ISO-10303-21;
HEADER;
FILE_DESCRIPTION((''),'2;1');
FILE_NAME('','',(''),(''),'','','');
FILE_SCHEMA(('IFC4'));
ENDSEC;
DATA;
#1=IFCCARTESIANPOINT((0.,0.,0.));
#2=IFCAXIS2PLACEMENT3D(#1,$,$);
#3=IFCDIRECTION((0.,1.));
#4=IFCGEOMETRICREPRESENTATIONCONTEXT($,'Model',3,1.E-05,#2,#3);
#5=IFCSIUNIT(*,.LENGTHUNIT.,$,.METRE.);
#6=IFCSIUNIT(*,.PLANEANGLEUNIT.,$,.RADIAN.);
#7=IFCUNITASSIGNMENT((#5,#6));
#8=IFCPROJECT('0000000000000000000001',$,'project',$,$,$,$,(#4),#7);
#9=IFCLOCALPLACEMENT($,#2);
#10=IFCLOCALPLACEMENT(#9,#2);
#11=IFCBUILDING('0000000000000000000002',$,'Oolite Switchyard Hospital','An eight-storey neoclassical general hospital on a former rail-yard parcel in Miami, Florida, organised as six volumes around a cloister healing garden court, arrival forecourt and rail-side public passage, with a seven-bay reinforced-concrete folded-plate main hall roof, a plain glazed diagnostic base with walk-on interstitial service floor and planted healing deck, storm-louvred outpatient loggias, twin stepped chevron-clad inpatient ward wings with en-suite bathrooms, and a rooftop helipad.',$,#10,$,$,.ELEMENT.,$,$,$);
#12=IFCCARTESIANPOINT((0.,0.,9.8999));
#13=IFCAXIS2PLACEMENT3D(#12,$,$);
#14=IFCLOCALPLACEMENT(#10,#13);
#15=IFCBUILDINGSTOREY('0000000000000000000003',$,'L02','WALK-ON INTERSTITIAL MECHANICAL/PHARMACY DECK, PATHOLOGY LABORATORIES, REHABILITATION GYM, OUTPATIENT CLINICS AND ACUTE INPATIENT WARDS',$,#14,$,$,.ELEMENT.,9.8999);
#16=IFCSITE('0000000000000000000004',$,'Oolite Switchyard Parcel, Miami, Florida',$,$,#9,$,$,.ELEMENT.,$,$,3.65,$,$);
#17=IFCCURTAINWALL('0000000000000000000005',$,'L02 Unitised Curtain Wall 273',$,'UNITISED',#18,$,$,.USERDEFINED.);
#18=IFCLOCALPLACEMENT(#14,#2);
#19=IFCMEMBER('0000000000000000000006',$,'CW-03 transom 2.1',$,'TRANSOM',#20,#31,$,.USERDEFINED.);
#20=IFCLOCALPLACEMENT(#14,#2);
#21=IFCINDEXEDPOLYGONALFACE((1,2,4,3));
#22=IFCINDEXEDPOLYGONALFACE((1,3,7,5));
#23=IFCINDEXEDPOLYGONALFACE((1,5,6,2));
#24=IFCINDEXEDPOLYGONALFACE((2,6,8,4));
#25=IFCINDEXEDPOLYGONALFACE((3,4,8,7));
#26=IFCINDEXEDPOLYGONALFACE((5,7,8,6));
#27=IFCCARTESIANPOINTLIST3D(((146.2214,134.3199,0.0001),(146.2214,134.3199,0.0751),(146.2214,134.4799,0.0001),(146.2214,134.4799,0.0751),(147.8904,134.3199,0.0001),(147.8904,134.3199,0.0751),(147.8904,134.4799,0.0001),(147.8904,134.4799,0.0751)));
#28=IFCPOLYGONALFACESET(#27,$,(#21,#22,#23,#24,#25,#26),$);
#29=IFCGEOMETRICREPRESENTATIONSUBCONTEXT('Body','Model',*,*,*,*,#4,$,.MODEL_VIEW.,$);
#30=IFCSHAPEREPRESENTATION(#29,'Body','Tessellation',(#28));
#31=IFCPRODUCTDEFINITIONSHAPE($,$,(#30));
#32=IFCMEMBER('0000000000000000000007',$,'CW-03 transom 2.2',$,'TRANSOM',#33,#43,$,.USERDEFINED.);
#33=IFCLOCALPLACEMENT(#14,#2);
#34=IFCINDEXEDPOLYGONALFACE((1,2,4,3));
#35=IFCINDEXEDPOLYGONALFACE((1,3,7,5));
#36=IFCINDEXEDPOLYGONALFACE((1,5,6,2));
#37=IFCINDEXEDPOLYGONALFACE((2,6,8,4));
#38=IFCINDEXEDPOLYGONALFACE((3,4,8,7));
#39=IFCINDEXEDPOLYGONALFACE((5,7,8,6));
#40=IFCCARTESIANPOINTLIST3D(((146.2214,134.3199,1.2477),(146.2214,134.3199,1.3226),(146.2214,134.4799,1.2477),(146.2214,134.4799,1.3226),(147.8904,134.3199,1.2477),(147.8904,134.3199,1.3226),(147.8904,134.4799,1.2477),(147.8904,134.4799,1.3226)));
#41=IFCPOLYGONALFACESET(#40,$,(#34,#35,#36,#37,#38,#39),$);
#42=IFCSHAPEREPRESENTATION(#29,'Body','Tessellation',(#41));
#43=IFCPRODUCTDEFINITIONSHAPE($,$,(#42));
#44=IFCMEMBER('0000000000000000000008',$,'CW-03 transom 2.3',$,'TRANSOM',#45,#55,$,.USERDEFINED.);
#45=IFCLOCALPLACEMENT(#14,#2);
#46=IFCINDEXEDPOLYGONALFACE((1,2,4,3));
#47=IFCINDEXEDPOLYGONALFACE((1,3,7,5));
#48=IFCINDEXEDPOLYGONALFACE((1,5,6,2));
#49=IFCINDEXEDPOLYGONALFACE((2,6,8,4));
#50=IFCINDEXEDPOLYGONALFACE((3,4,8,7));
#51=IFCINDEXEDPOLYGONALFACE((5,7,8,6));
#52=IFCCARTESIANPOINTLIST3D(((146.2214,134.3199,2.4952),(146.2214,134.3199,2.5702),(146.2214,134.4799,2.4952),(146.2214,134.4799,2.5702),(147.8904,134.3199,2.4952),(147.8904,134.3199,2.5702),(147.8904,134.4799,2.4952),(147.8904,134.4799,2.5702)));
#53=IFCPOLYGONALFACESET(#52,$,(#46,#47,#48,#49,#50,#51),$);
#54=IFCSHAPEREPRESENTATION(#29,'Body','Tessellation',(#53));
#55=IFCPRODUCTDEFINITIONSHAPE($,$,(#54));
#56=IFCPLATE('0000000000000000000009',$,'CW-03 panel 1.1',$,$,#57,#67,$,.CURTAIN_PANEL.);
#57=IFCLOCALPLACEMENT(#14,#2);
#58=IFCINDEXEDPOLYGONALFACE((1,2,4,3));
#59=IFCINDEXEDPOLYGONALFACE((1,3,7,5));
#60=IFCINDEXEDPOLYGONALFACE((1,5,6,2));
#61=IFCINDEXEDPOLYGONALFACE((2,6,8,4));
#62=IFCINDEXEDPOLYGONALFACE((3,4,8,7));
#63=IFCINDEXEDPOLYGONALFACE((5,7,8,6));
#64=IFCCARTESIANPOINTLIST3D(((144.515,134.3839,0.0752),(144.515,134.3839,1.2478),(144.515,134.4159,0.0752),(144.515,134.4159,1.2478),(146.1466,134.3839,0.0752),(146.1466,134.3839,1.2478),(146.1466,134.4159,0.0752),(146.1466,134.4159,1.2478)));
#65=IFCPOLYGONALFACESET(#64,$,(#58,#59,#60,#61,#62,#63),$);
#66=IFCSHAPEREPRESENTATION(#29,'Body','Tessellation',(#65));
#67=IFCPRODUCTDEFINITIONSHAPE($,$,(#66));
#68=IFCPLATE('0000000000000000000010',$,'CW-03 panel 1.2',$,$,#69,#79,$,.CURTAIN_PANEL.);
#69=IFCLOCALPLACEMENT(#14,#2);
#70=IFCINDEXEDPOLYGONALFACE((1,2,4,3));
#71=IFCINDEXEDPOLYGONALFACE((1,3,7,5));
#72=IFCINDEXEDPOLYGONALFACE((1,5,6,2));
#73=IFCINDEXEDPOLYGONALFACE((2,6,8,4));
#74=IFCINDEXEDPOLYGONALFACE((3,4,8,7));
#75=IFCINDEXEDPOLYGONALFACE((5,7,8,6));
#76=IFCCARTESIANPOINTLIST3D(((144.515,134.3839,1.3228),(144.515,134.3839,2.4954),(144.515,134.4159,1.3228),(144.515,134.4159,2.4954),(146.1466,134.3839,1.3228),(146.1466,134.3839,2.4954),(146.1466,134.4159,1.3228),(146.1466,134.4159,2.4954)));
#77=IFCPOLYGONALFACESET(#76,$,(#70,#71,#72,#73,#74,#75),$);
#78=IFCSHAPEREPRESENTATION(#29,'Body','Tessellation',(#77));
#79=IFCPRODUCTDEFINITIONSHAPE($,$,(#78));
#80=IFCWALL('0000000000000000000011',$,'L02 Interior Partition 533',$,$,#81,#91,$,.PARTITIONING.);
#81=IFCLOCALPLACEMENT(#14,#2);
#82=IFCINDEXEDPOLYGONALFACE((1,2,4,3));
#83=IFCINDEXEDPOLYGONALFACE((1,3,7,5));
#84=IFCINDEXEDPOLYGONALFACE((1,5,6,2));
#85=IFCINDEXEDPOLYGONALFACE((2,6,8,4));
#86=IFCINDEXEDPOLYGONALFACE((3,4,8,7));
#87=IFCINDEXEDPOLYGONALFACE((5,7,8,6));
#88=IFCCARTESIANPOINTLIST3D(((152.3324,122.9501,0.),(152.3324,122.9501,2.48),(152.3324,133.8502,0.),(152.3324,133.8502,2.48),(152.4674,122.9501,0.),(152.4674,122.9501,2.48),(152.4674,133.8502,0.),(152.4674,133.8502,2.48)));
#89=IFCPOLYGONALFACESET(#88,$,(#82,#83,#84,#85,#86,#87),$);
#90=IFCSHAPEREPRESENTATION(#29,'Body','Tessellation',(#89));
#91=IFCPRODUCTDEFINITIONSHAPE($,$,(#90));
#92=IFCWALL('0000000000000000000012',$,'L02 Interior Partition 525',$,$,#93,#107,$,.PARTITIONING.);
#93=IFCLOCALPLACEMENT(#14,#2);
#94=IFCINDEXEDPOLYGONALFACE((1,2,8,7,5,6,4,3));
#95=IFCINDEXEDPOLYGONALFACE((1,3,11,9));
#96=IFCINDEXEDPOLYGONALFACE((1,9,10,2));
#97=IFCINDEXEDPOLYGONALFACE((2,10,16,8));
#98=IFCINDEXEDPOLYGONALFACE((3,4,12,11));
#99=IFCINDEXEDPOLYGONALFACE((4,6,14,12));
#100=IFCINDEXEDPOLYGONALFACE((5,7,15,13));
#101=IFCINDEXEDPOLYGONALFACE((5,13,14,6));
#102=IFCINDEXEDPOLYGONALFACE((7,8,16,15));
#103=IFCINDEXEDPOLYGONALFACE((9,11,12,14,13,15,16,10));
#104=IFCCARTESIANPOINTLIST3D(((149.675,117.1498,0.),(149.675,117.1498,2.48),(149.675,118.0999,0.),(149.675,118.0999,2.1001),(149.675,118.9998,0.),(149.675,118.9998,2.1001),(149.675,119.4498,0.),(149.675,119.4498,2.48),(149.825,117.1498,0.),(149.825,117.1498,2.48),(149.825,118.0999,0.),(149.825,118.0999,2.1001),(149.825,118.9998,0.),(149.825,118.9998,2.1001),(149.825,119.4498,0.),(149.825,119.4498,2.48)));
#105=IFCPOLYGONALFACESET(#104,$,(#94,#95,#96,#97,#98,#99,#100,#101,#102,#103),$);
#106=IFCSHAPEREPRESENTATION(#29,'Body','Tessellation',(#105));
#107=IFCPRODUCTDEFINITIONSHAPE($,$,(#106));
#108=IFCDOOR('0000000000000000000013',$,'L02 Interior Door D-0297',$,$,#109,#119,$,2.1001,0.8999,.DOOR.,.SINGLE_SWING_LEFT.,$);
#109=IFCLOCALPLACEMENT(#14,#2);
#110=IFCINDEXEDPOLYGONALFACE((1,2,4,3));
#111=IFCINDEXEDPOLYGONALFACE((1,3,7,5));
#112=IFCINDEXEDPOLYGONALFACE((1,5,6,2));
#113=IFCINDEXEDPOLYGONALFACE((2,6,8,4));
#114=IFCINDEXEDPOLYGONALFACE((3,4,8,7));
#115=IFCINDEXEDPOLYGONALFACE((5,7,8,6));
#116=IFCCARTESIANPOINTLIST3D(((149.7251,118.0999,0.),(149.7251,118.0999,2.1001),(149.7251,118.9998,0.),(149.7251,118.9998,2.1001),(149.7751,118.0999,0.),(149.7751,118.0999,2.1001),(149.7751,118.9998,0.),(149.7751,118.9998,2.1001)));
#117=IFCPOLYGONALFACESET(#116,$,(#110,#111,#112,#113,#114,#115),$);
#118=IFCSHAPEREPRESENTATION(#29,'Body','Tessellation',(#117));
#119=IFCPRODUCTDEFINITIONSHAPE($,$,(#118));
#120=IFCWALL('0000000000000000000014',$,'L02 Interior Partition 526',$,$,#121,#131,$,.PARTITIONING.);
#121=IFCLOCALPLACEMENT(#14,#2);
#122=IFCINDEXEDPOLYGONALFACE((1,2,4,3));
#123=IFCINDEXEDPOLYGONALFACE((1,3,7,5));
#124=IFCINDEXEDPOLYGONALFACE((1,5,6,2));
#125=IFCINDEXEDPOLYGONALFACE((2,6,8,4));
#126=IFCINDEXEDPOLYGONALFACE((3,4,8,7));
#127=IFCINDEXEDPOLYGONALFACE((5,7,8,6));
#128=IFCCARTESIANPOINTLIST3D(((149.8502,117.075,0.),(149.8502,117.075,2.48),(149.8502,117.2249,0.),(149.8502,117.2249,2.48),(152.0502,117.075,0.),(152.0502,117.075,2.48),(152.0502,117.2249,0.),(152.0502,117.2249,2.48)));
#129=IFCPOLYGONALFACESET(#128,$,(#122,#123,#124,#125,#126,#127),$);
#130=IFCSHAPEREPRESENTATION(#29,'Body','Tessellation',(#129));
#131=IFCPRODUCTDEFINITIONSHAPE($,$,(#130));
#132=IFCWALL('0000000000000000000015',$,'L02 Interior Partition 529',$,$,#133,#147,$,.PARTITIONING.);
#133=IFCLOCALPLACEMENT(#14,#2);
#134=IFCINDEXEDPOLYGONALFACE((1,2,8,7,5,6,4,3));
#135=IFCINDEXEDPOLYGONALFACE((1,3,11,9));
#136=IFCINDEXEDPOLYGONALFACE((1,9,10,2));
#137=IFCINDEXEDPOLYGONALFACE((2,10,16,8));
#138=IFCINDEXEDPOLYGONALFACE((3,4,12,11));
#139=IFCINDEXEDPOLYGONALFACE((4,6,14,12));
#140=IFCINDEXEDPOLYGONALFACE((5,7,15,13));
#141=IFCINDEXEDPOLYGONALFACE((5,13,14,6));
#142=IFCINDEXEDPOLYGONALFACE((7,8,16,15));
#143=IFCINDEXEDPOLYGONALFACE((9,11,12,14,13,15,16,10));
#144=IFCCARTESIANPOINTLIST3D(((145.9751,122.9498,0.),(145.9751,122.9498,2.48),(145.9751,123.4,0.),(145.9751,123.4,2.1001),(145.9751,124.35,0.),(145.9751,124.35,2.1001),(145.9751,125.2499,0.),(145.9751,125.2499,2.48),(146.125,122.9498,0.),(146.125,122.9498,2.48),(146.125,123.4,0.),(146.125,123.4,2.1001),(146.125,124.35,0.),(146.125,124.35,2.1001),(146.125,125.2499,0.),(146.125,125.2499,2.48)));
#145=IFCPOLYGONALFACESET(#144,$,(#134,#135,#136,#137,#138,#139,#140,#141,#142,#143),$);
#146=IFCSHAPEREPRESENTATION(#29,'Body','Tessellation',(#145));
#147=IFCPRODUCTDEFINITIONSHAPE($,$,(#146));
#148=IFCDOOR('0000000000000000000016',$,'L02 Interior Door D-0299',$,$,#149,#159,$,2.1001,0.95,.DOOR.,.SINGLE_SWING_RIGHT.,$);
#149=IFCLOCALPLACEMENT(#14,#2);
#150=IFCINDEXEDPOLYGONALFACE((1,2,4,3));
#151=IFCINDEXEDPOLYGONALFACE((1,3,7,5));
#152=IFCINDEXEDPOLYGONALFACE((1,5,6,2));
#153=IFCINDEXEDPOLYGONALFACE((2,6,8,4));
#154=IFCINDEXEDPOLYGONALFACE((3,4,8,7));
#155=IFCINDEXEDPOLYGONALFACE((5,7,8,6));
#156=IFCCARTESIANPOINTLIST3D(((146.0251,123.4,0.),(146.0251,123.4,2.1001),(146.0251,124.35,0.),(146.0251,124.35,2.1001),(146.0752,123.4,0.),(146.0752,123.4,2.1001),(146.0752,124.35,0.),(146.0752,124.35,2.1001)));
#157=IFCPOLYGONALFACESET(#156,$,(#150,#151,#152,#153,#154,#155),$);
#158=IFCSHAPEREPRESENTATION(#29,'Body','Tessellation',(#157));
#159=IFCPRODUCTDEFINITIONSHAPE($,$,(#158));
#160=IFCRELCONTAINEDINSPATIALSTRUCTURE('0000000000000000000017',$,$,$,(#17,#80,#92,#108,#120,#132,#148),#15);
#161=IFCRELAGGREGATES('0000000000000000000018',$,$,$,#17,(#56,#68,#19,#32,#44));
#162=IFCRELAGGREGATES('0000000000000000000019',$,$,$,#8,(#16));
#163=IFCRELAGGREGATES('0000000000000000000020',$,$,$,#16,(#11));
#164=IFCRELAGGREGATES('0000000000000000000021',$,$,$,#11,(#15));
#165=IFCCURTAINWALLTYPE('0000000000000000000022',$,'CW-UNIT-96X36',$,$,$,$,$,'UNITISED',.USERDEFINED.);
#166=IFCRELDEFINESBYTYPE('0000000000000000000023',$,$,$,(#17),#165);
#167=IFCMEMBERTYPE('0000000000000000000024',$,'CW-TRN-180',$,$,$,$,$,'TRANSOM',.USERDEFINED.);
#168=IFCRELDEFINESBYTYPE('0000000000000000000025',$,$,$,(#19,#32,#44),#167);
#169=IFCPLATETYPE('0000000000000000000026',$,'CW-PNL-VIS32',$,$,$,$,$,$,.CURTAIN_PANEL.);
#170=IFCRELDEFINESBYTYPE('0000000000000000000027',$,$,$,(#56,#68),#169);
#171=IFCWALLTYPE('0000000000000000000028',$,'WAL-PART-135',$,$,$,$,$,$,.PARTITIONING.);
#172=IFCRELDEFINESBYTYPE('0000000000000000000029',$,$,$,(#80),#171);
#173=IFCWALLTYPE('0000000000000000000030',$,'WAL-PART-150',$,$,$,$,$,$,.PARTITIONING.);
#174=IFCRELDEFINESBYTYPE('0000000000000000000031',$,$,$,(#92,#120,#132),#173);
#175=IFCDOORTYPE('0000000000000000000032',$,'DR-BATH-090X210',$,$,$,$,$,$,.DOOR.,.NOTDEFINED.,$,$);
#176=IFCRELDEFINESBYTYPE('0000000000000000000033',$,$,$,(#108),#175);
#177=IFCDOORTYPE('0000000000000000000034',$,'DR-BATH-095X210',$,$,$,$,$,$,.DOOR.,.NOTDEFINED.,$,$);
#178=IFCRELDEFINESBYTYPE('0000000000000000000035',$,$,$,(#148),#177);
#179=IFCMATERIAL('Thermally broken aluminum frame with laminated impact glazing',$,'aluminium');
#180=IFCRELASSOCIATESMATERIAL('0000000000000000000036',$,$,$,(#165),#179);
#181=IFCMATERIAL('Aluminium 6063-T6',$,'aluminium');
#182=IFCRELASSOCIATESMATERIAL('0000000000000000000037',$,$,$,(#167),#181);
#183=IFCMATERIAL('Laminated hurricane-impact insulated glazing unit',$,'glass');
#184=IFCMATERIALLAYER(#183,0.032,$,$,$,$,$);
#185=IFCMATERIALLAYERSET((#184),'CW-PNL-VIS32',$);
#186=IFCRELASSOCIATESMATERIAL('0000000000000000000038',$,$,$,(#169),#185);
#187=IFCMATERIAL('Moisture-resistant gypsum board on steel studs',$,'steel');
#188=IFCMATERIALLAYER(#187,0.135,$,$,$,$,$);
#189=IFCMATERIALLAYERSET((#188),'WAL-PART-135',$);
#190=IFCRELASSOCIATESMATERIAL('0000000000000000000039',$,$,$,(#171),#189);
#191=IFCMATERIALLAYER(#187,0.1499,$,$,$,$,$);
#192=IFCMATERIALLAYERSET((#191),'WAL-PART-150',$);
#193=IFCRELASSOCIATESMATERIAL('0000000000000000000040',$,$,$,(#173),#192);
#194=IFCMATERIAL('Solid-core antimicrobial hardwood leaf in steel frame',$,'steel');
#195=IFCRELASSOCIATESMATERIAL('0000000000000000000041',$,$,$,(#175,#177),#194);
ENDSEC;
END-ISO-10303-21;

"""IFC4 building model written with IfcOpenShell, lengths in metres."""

from ifc_helpers import new_model, si_unit, direction, frame, frame_2d, origin, origin_2d, place, context, subcontext, project, spatial, rectangle, extrude, material, layer, layer_set, material_profile, profile_set, type_object, element, fill, aggregate, save


model = new_model("IFC4")

# Units and contexts
model_context = context("Model", 3, precision=1e-05, world=origin(), true_north=direction((0.0, 1.0)))
body_context = subcontext(model_context, "Body", "Model", "MODEL_VIEW")
ifc_project = project(units=[si_unit("LENGTHUNIT", "METRE"), si_unit("PLANEANGLEUNIT", "RADIAN")], contexts=[model_context])

# Site, building, storey
site_placement = place(None, origin())
site = spatial("IfcSite", under=ifc_project, at=site_placement, Name="Oolite Switchyard Parcel, Miami, Florida", CompositionType="ELEMENT", RefElevation=3.65)
building_placement = place(site_placement, origin())
building = spatial("IfcBuilding", under=site, at=building_placement, Name="Oolite Switchyard Hospital", Description="An eight-storey neoclassical general hospital on a former rail-yard parcel in Miami, Florida, organised as six volumes around a cloister healing garden court, arrival forecourt and rail-side public passage, with a seven-bay reinforced-concrete folded-plate main hall roof, a plain glazed diagnostic base with walk-on interstitial service floor and planted healing deck, storm-louvred outpatient loggias, twin stepped chevron-clad inpatient ward wings with en-suite bathrooms, and a rooftop helipad.", CompositionType="ELEMENT")
storey_placement = place(building_placement, frame((0.0, 0.0, 9.8999)))
storey = spatial("IfcBuildingStorey", under=building, at=storey_placement, Name="L02", Description="WALK-ON INTERSTITIAL MECHANICAL/PHARMACY DECK, PATHOLOGY LABORATORIES, REHABILITATION GYM, OUTPATIENT CLINICS AND ACUTE INPATIENT WARDS", CompositionType="ELEMENT", Elevation=9.8999)

# Curtain wall, members, plates
ifc_material_1 = material(Name="Thermally broken aluminum frame with laminated impact glazing", Category="aluminium")
curtain_wall_type = type_object("IfcCurtainWallType", Name="CW-UNIT-96X36", ElementType="UNITISED", PredefinedType="USERDEFINED", material=ifc_material_1)
curtain_wall_placement = place(storey_placement, origin())
curtain_wall = element("IfcCurtainWall", 1, at=curtain_wall_placement, inside=storey, type_object=curtain_wall_type, Name="L02 Unitised Curtain Wall 273", ObjectType="UNITISED", PredefinedType="USERDEFINED")
ifc_material_2 = material(Name="Aluminium 6063-T6", Category="aluminium")
ifc_material_profile_1 = material_profile(ifc_material_2, rectangle(XDim=0.1599, YDim=0.075, at=origin_2d()), Name="CWT75X160")
ifc_profile_set_1 = profile_set([ifc_material_profile_1], Name="Aluminium 6063-T6")
member_type_1 = type_object("IfcMemberType", Name="CW-TRN-180", ElementType="TRANSOM", PredefinedType="USERDEFINED", material=ifc_profile_set_1)
member_1_placement = place(storey_placement, frame((146.2214, 134.3999, 0.0376), z_axis=(1.0, 0.0, 0.0), x_axis=(0.0, 1.0, 0.0)))
member_1 = element("IfcMember", 2, at=member_1_placement, type_object=member_type_1, Name="CW-03 transom 2.1", ObjectType="TRANSOM", PredefinedType="USERDEFINED", context=body_context, shape_type="SweptSolid", body=[
    extrude(rectangle(XDim=0.1599, YDim=0.075, at=origin_2d()), origin(), (0.0, 0.0, 1.0), 1.6689),
])
member_2_placement = place(storey_placement, frame((146.2214, 134.3999, 1.2852), z_axis=(1.0, 0.0, 0.0), x_axis=(0.0, 1.0, 0.0)))
member_2 = element("IfcMember", 3, at=member_2_placement, type_object=member_type_1, Name="CW-03 transom 2.2", ObjectType="TRANSOM", PredefinedType="USERDEFINED", context=body_context, shape_type="SweptSolid", body=[
    extrude(rectangle(XDim=0.1599, YDim=0.075, at=origin_2d()), origin(), (0.0, 0.0, 1.0), 1.6689),
])
member_3_placement = place(storey_placement, frame((146.2214, 134.3999, 2.5327), z_axis=(1.0, 0.0, 0.0), x_axis=(0.0, 1.0, 0.0)))
member_3 = element("IfcMember", 4, at=member_3_placement, type_object=member_type_1, Name="CW-03 transom 2.3", ObjectType="TRANSOM", PredefinedType="USERDEFINED", context=body_context, shape_type="SweptSolid", body=[
    extrude(rectangle(XDim=0.1599, YDim=0.075, at=origin_2d()), origin(), (0.0, 0.0, 1.0), 1.6689),
])
ifc_material_3 = material(Name="Laminated hurricane-impact insulated glazing unit", Category="glass")
ifc_layer_1 = layer(ifc_material_3, 0.032)
ifc_layer_set_1 = layer_set([ifc_layer_1], Name="CW-PNL-VIS32")
plate_type = type_object("IfcPlateType", Name="CW-PNL-VIS32", PredefinedType="CURTAIN_PANEL", material=ifc_layer_set_1)
plate_1_placement = place(storey_placement, frame((145.3308, 134.3999, 0.0752), z_axis=(0.0, 0.0, 1.0), x_axis=(1.0, 0.0, 0.0)))
plate_1 = element("IfcPlate", 5, at=plate_1_placement, type_object=plate_type, Name="CW-03 panel 1.1", PredefinedType="CURTAIN_PANEL", context=body_context, shape_type="SweptSolid", body=[
    extrude(rectangle(XDim=1.6316, YDim=0.032, at=origin_2d()), origin(), (0.0, 0.0, 1.0), 1.1726),
])
plate_2_placement = place(storey_placement, frame((145.3308, 134.3999, 1.3228), z_axis=(0.0, 0.0, 1.0), x_axis=(1.0, 0.0, 0.0)))
plate_2 = element("IfcPlate", 6, at=plate_2_placement, type_object=plate_type, Name="CW-03 panel 1.2", PredefinedType="CURTAIN_PANEL", context=body_context, shape_type="SweptSolid", body=[
    extrude(rectangle(XDim=1.6316, YDim=0.032, at=origin_2d()), origin(), (0.0, 0.0, 1.0), 1.1726),
])
aggregate(curtain_wall, [plate_1, plate_2, member_1, member_2, member_3])

# Wall
ifc_material_4 = material(Name="Moisture-resistant gypsum board on steel studs", Category="steel")
ifc_layer_2 = layer(ifc_material_4, 0.135)
ifc_layer_set_2 = layer_set([ifc_layer_2], Name="WAL-PART-135")
wall_type_1 = type_object("IfcWallType", Name="WAL-PART-135", PredefinedType="PARTITIONING", material=ifc_layer_set_2)
wall_1_placement = place(storey_placement, frame((152.3999, 122.95, 0.0), z_axis=(0.0, 0.0, 1.0), x_axis=(0.0, 1.0, 0.0)))
element("IfcWall", 7, at=wall_1_placement, inside=storey, type_object=wall_type_1, Name="L02 Interior Partition 533", PredefinedType="PARTITIONING", context=body_context, shape_type="SweptSolid", body=[
    extrude(rectangle(XDim=10.9001, YDim=0.135, at=frame_2d((5.4502, 0.0))), origin(), (0.0, 0.0, 1.0), 2.48),
])

# Wall, opening, door
ifc_layer_3 = layer(ifc_material_4, 0.1499)
ifc_layer_set_3 = layer_set([ifc_layer_3], Name="WAL-PART-150")
wall_type_2 = type_object("IfcWallType", Name="WAL-PART-150", PredefinedType="PARTITIONING", material=ifc_layer_set_3)
wall_2_placement = place(storey_placement, frame((149.75, 117.1499, 0.0), z_axis=(0.0, 0.0, 1.0), x_axis=(0.0, 1.0, 0.0)))
wall_2 = element("IfcWall", 8, at=wall_2_placement, inside=storey, type_object=wall_type_2, Name="L02 Interior Partition 525", PredefinedType="PARTITIONING", context=body_context, shape_type="SweptSolid", body=[
    extrude(rectangle(XDim=2.3, YDim=0.1499, at=frame_2d((1.1499, 0.0))), origin(), (0.0, 0.0, 1.0), 2.48),
])
opening_1_placement = place(wall_2_placement, frame((0.95, 0.0, 0.0)))
opening_1 = element("IfcOpeningElement", 9, at=opening_1_placement, cuts=wall_2, PredefinedType="OPENING", context=body_context, shape_type="SweptSolid", body=[
    extrude(rectangle(XDim=0.8999, YDim=2.1001, at=frame_2d((0.45, 1.05))), frame((0.0, 0.085, 0.0), z_axis=(0.0, -1.0, 0.0), x_axis=(1.0, 0.0, 0.0)), (0.0, 0.0, 1.0), 0.1699),
])
ifc_material_5 = material(Name="Solid-core antimicrobial hardwood leaf in steel frame", Category="steel")
door_type_1 = type_object("IfcDoorType", Name="DR-BATH-090X210", OperationType="NOTDEFINED", PredefinedType="DOOR", material=ifc_material_5)
door_1_placement = place(opening_1_placement, origin())
door_1 = element("IfcDoor", 10, at=door_1_placement, inside=storey, type_object=door_type_1, Name="L02 Interior Door D-0297", OperationType="SINGLE_SWING_LEFT", OverallHeight=2.1001, OverallWidth=0.8999, PredefinedType="DOOR", context=body_context, shape_type="SweptSolid", body=[
    extrude(rectangle(XDim=0.8999, YDim=2.1001, at=frame_2d((0.45, 1.05))), frame((0.0, 0.0249, 0.0), z_axis=(0.0, -1.0, 0.0), x_axis=(1.0, 0.0, 0.0)), (0.0, 0.0, 1.0), 0.05),
])
fill(opening_1, door_1)

# Wall
wall_3_placement = place(storey_placement, frame((149.8501, 117.1499, 0.0), z_axis=(0.0, 0.0, 1.0), x_axis=(1.0, 0.0, 0.0)))
element("IfcWall", 11, at=wall_3_placement, inside=storey, type_object=wall_type_2, Name="L02 Interior Partition 526", PredefinedType="PARTITIONING", context=body_context, shape_type="SweptSolid", body=[
    extrude(rectangle(XDim=2.2, YDim=0.1499, at=frame_2d((1.1001, 0.0))), origin(), (0.0, 0.0, 1.0), 2.48),
])

# Wall, opening, door
wall_4_placement = place(storey_placement, frame((146.05, 122.95, 0.0), z_axis=(0.0, 0.0, 1.0), x_axis=(0.0, 1.0, 0.0)))
wall_4 = element("IfcWall", 12, at=wall_4_placement, inside=storey, type_object=wall_type_2, Name="L02 Interior Partition 529", PredefinedType="PARTITIONING", context=body_context, shape_type="SweptSolid", body=[
    extrude(rectangle(XDim=2.3, YDim=0.1499, at=frame_2d((1.1499, 0.0))), origin(), (0.0, 0.0, 1.0), 2.48),
])
opening_2_placement = place(wall_4_placement, frame((0.45, 0.0, 0.0)))
opening_2 = element("IfcOpeningElement", 13, at=opening_2_placement, cuts=wall_4, PredefinedType="OPENING", context=body_context, shape_type="SweptSolid", body=[
    extrude(rectangle(XDim=0.95, YDim=2.1001, at=frame_2d((0.4751, 1.05))), frame((0.0, 0.085, 0.0), z_axis=(0.0, -1.0, 0.0), x_axis=(1.0, 0.0, 0.0)), (0.0, 0.0, 1.0), 0.1699),
])
door_type_2 = type_object("IfcDoorType", Name="DR-BATH-095X210", OperationType="NOTDEFINED", PredefinedType="DOOR", material=ifc_material_5)
door_2_placement = place(opening_2_placement, origin())
door_2 = element("IfcDoor", 14, at=door_2_placement, inside=storey, type_object=door_type_2, Name="L02 Interior Door D-0299", OperationType="SINGLE_SWING_RIGHT", OverallHeight=2.1001, OverallWidth=0.95, PredefinedType="DOOR", context=body_context, shape_type="SweptSolid", body=[
    extrude(rectangle(XDim=0.95, YDim=2.1001, at=frame_2d((0.4751, 1.05))), frame((0.0, 0.0249, 0.0), z_axis=(0.0, -1.0, 0.0), x_axis=(1.0, 0.0, 0.0)), (0.0, 0.0, 1.0), 0.05),
])
fill(opening_2, door_2)

save(model, "model.ifc")
